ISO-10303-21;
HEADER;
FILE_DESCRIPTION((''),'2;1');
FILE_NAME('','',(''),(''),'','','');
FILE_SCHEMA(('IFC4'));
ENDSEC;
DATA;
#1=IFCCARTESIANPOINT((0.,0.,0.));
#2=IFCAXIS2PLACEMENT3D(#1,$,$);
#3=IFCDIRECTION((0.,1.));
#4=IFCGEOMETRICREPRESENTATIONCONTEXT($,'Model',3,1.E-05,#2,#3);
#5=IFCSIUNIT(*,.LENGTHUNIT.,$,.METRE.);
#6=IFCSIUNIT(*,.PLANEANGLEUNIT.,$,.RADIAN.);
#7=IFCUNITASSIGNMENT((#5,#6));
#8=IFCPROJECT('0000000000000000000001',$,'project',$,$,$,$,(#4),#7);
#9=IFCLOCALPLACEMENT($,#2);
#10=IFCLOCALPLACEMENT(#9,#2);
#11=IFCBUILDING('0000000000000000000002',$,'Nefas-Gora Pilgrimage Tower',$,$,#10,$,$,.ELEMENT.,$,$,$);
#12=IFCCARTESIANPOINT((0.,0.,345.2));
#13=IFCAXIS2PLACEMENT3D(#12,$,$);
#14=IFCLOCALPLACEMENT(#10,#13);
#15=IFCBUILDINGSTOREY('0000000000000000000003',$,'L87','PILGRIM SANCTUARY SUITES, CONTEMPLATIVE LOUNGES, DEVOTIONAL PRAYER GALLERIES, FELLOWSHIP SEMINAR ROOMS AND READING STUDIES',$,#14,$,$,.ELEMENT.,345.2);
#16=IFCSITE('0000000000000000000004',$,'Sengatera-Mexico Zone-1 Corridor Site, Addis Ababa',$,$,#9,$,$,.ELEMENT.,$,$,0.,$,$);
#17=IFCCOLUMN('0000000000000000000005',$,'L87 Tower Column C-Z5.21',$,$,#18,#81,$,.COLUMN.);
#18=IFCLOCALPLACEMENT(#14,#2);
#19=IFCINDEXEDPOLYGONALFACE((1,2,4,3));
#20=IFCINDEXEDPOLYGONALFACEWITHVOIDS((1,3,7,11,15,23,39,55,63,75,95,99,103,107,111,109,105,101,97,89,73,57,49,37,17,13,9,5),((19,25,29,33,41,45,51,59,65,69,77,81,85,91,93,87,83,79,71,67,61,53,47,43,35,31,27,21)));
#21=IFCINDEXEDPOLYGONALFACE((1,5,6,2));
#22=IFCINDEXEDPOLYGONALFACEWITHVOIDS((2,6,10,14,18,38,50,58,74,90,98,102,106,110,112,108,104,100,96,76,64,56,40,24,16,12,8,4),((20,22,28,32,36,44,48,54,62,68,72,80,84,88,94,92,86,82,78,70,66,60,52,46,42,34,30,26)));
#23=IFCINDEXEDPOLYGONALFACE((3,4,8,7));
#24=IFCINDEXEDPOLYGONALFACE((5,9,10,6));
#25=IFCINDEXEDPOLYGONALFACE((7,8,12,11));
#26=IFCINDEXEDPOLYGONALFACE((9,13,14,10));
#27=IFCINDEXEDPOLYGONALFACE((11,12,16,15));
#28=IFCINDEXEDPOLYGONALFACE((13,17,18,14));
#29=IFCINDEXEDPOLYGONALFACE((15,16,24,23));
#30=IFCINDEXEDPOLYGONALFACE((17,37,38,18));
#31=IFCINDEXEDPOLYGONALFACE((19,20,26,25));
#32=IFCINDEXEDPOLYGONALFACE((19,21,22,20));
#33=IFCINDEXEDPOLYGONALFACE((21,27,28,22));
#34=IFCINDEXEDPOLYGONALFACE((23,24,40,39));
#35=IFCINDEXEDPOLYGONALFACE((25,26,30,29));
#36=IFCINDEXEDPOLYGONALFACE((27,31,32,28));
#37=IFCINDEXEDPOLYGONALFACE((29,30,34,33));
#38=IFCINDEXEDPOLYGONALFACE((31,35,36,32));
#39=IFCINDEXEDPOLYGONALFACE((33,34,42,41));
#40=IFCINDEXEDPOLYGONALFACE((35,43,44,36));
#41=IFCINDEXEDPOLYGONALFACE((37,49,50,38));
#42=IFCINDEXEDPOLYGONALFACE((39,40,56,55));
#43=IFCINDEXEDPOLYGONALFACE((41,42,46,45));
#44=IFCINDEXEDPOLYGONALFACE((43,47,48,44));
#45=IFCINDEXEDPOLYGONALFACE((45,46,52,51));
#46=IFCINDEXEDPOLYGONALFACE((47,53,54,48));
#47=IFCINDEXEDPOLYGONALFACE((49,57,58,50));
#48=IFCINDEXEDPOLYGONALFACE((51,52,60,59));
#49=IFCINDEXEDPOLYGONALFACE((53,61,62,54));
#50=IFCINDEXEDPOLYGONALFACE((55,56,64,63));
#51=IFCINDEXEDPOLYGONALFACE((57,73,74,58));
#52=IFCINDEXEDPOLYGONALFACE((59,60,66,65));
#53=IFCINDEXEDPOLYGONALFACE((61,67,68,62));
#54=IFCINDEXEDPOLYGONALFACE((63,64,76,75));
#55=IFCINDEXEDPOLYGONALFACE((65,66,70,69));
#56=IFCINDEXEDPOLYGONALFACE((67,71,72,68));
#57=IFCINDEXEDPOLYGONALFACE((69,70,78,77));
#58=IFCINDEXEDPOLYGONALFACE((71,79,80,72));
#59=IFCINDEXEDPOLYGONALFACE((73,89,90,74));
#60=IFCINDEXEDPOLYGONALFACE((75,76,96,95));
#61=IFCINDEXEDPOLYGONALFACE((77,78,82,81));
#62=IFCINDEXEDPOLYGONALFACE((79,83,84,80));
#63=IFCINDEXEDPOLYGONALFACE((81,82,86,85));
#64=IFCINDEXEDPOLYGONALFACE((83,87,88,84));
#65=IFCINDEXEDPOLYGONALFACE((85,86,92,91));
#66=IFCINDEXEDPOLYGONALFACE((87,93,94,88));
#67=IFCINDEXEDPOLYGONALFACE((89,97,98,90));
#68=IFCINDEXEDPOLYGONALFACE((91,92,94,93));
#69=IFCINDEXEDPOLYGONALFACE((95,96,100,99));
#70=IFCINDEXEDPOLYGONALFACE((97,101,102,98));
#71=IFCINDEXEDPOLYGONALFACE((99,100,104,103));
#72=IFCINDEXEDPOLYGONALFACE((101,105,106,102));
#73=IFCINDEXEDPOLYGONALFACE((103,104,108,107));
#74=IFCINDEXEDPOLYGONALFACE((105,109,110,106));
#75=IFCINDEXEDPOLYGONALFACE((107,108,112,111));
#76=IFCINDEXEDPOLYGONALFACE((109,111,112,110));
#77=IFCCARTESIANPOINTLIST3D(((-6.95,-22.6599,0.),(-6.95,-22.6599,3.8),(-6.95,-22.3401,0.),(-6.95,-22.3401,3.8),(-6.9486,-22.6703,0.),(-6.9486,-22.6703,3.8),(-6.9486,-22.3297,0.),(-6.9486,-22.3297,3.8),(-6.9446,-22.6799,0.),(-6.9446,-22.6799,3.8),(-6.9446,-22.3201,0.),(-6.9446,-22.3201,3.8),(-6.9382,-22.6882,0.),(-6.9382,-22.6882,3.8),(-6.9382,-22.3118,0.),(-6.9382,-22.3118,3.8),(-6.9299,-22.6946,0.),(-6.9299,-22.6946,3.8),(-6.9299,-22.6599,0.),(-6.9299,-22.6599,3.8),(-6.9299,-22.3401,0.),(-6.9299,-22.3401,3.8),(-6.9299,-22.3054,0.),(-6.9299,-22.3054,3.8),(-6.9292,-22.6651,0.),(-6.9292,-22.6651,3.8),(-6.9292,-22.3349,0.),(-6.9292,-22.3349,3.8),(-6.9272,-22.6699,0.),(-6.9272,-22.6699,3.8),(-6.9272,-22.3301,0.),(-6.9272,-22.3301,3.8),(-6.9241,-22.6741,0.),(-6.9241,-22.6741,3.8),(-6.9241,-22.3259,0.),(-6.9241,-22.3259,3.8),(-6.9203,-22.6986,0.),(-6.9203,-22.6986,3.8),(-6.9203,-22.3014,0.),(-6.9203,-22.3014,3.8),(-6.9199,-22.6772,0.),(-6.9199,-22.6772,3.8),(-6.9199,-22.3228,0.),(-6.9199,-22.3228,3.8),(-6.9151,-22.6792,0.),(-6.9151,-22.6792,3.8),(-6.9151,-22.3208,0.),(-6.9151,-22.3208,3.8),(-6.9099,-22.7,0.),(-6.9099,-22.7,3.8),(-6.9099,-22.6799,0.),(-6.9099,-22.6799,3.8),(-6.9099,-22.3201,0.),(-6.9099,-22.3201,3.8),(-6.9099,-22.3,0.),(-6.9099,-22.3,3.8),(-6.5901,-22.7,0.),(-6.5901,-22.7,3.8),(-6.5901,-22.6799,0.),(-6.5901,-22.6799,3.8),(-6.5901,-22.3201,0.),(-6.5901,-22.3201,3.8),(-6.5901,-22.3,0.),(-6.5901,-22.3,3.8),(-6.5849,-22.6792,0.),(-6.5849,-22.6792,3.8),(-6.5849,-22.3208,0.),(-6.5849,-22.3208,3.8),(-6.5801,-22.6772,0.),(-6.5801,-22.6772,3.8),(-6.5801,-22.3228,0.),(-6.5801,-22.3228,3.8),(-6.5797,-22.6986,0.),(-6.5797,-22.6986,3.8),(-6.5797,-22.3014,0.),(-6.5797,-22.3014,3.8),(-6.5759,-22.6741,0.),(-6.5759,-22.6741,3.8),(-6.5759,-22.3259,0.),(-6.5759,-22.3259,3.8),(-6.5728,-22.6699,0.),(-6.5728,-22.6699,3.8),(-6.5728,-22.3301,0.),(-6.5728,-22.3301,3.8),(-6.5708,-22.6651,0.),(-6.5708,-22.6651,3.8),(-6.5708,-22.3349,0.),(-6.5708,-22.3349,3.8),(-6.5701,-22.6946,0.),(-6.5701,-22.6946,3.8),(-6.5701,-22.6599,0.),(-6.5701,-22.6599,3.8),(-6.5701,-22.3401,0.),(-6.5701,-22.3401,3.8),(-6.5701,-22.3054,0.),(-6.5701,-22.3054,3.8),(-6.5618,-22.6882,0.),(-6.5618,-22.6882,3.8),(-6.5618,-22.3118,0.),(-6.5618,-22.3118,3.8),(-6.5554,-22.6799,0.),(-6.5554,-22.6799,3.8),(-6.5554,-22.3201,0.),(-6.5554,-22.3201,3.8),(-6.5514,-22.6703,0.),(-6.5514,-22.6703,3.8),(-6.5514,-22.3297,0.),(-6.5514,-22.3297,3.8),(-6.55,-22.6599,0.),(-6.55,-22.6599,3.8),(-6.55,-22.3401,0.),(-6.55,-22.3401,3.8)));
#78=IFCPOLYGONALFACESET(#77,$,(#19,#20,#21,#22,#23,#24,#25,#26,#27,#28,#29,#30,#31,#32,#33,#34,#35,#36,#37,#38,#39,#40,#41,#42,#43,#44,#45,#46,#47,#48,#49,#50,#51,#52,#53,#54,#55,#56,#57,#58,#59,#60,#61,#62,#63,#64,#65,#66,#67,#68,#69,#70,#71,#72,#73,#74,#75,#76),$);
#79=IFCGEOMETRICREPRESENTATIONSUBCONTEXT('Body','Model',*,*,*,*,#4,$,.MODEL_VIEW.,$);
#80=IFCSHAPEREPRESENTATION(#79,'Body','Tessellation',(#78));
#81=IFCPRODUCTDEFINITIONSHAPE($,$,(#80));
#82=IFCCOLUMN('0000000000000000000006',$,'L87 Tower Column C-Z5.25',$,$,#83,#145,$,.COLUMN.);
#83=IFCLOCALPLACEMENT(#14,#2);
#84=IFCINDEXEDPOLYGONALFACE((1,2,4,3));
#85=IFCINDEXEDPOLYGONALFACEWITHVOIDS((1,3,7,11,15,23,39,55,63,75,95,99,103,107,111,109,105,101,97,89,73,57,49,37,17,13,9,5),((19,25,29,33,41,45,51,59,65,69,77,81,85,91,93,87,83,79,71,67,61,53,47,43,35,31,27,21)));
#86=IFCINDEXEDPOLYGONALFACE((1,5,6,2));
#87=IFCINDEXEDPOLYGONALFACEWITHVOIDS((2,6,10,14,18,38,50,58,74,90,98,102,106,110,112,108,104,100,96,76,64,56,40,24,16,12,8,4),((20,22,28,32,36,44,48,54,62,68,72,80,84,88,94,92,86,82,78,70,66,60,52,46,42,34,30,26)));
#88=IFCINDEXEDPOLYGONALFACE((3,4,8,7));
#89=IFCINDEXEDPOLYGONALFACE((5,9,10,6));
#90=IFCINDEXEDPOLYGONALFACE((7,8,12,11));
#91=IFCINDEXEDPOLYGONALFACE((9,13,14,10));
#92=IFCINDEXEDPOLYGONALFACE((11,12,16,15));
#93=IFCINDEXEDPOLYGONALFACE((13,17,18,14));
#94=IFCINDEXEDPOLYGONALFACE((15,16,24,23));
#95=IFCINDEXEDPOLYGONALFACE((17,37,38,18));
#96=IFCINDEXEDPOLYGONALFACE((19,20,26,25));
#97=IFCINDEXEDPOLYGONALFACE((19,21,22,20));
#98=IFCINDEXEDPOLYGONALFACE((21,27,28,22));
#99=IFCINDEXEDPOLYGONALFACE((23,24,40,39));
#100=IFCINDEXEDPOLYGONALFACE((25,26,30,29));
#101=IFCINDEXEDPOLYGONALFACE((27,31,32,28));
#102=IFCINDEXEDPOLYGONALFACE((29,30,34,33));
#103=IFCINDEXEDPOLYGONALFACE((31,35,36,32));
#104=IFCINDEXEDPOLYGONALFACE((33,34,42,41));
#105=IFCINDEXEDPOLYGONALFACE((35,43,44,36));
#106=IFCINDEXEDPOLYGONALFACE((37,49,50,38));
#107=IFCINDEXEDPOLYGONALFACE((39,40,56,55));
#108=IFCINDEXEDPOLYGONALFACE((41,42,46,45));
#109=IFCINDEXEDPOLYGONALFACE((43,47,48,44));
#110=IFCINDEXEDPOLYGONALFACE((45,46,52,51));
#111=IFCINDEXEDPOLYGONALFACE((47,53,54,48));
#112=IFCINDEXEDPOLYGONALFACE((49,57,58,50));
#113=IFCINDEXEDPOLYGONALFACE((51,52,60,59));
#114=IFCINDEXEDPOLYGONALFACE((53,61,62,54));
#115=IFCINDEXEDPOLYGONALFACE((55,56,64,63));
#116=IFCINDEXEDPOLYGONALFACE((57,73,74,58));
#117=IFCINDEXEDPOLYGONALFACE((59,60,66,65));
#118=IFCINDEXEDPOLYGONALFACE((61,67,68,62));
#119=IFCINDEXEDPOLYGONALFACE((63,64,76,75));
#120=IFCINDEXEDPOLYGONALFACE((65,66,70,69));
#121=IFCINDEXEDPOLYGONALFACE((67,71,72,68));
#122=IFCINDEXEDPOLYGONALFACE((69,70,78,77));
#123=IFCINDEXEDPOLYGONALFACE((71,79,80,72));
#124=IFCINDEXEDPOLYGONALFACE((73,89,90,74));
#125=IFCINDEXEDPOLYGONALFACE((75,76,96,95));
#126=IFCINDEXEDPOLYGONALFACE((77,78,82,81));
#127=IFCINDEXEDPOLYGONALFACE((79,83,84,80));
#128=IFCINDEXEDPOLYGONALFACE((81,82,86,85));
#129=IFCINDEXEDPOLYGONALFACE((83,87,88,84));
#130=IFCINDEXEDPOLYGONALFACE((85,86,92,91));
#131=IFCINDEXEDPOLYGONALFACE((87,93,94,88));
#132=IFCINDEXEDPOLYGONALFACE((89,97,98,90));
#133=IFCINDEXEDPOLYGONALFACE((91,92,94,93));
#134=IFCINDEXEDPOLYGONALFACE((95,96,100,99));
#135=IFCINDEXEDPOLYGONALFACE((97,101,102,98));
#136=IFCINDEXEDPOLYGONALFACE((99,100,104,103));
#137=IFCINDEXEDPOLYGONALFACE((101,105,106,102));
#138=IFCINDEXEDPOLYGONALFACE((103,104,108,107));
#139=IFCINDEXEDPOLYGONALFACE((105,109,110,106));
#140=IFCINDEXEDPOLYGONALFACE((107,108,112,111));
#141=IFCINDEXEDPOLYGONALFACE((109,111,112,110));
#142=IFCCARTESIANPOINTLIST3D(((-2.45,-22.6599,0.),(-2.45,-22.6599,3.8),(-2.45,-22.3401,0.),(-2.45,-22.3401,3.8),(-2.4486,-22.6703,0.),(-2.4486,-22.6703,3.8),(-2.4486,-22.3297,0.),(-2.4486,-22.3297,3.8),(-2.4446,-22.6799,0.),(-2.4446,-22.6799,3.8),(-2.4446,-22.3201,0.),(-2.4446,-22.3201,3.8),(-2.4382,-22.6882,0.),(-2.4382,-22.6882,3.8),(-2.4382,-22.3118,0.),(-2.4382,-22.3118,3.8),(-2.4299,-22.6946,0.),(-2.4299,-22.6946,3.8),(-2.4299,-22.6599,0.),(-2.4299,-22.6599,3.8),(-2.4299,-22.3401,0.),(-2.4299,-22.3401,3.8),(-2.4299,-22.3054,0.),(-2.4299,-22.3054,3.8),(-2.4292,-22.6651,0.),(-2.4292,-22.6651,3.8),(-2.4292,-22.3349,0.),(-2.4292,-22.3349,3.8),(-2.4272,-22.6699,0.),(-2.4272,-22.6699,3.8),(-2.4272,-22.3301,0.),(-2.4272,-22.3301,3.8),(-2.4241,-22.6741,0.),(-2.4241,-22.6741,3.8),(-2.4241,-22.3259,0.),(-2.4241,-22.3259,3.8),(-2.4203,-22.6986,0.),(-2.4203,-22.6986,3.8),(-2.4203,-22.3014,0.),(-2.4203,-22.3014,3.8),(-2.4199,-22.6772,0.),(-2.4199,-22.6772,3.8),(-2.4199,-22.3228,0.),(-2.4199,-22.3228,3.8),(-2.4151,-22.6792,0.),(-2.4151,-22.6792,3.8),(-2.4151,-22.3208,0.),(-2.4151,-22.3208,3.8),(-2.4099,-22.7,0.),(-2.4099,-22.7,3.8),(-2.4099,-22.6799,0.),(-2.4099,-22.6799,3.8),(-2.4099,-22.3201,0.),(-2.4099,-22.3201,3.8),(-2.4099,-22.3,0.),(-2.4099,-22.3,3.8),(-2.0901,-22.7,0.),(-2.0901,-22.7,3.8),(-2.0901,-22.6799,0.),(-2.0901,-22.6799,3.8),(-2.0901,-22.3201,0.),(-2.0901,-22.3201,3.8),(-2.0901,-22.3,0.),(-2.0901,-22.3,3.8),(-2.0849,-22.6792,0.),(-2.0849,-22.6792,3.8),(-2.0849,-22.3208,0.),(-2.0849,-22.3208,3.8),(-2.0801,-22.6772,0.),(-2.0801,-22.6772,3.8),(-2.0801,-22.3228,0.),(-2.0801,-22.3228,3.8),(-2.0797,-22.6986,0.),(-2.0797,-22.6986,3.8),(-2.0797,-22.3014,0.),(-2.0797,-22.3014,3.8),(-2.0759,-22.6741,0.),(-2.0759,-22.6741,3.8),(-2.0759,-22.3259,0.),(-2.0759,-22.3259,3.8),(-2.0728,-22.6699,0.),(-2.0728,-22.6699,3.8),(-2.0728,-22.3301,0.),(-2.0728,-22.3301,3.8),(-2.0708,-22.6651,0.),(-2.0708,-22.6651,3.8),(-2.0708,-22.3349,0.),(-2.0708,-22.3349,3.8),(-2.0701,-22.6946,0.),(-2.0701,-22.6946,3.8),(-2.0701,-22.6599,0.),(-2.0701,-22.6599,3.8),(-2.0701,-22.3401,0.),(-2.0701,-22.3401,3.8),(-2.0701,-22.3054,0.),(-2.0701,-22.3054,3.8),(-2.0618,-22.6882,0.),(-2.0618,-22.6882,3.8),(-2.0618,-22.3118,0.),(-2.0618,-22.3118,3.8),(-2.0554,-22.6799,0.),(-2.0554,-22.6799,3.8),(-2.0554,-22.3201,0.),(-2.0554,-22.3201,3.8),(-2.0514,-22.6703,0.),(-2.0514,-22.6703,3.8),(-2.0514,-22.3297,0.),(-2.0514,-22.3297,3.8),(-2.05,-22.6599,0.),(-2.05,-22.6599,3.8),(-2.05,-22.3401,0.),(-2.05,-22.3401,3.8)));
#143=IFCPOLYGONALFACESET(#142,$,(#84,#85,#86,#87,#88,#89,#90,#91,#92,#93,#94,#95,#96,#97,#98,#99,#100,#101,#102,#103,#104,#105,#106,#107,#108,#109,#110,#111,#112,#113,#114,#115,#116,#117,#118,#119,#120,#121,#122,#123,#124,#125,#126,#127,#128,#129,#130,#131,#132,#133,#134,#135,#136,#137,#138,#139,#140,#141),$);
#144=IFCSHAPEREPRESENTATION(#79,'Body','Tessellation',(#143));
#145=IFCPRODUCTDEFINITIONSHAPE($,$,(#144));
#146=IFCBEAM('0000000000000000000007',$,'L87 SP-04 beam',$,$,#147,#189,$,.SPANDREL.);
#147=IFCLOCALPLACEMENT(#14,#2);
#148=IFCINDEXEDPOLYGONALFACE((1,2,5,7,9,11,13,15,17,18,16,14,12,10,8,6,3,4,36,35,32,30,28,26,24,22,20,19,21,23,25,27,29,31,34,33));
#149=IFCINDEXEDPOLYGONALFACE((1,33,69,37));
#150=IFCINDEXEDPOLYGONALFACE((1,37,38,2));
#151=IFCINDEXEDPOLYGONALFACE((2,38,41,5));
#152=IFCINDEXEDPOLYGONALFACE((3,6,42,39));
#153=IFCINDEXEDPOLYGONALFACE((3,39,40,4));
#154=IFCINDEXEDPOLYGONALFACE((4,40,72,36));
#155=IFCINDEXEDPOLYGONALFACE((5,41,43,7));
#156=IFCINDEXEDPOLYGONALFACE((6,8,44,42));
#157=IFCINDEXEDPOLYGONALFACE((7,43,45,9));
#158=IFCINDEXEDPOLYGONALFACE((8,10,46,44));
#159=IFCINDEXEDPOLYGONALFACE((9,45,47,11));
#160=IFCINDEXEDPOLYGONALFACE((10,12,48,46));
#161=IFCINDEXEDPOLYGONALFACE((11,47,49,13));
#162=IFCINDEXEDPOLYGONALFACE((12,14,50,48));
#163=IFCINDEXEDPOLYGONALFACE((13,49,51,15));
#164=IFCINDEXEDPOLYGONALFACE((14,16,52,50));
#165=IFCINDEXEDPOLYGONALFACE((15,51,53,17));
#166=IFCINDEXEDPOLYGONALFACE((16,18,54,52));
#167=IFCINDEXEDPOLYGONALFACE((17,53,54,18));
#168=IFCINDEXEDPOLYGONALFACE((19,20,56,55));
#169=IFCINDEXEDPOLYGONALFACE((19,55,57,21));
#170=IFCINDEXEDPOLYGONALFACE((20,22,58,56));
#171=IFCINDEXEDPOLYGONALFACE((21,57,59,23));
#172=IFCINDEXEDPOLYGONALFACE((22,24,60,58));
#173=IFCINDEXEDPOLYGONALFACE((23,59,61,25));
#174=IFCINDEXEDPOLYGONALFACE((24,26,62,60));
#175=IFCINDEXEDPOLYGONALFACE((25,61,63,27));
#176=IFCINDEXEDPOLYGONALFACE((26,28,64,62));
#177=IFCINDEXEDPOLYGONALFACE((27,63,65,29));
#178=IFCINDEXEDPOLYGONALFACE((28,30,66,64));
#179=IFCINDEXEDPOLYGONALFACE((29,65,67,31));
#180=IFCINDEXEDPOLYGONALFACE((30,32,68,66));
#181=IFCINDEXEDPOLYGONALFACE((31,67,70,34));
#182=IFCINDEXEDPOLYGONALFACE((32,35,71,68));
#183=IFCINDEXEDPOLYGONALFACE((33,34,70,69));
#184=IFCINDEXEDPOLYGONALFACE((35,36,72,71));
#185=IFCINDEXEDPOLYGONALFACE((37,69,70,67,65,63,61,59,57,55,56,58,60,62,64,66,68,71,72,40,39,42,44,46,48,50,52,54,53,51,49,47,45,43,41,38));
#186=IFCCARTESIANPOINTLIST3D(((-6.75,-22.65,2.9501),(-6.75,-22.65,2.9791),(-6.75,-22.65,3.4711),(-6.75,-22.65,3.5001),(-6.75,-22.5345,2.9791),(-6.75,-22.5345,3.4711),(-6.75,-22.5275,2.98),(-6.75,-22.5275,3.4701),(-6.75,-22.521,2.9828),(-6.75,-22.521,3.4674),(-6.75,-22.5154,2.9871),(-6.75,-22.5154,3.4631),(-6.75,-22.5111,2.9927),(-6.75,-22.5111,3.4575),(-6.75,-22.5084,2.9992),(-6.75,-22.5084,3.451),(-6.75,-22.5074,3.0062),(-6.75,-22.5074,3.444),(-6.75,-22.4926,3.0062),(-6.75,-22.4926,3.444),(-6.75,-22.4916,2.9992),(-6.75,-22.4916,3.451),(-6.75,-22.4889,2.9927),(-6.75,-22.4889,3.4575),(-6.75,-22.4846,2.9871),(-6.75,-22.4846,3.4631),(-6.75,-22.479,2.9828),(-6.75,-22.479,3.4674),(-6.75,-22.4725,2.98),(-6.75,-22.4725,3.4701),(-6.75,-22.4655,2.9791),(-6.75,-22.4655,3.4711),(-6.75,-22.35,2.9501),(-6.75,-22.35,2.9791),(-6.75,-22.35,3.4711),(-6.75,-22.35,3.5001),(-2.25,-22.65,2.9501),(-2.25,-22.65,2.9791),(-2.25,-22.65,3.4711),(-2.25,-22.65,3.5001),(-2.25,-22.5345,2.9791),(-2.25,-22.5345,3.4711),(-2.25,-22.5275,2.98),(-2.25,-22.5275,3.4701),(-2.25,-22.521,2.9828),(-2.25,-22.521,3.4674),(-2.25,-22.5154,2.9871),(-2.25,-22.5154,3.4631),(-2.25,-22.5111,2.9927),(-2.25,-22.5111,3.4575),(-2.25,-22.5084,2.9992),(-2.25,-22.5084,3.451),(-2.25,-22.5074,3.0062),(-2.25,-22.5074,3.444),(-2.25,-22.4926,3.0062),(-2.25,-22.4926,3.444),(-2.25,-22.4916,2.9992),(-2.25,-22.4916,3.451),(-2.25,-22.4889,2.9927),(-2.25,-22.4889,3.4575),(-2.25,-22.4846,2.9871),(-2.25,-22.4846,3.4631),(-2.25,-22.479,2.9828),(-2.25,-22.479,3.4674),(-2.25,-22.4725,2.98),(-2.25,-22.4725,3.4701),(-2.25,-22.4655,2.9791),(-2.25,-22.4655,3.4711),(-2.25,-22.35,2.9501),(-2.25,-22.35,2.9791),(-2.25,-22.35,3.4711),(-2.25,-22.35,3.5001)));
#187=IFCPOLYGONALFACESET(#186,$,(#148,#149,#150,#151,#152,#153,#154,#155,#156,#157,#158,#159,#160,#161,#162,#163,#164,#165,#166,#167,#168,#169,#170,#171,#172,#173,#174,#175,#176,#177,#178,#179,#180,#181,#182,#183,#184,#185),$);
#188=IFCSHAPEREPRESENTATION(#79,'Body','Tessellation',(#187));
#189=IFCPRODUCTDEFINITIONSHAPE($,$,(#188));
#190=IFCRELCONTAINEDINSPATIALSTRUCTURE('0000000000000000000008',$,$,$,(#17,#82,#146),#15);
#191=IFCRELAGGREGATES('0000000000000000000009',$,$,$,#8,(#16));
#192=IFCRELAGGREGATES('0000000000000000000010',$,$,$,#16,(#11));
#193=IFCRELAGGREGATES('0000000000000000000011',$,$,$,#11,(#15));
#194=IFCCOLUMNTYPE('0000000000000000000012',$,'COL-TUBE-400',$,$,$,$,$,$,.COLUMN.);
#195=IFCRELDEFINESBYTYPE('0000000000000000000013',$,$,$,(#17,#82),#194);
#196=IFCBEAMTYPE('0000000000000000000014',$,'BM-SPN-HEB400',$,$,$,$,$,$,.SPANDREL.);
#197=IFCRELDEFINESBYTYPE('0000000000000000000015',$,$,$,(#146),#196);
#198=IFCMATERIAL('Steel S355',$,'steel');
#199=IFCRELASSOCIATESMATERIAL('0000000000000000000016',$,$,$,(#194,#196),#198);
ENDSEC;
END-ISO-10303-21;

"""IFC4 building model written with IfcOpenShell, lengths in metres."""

from ifc_helpers import new_model, si_unit, direction, frame, origin, origin_2d, place, context, subcontext, project, spatial, hollow_rectangle, i_section, extrude, source, transform, mapped, material, material_profile, profile_set, type_object, element, save


model = new_model("IFC4")

# Units and contexts
model_context = context("Model", 3, precision=1e-05, world=origin(), true_north=direction((0.0, 1.0)))
body_context = subcontext(model_context, "Body", "Model", "MODEL_VIEW")
ifc_project = project(units=[si_unit("LENGTHUNIT", "METRE"), si_unit("PLANEANGLEUNIT", "RADIAN")], contexts=[model_context])

# Site, building, storey
site_placement = place(None, origin())
site = spatial("IfcSite", under=ifc_project, at=site_placement, Name="Sengatera-Mexico Zone-1 Corridor Site, Addis Ababa", CompositionType="ELEMENT", RefElevation=0.0)
building_placement = place(site_placement, origin())
building = spatial("IfcBuilding", under=site, at=building_placement, Name="Nefas-Gora Pilgrimage Tower", CompositionType="ELEMENT")
storey_placement = place(building_placement, frame((0.0, 0.0, 345.2)))
storey = spatial("IfcBuildingStorey", under=building, at=storey_placement, Name="L87", Description="PILGRIM SANCTUARY SUITES, CONTEMPLATIVE LOUNGES, DEVOTIONAL PRAYER GALLERIES, FELLOWSHIP SEMINAR ROOMS AND READING STUDIES", CompositionType="ELEMENT", Elevation=345.2)

# Columns
ifc_material_1 = material(Name="Steel S355", Category="steel")
ifc_material_profile_1 = material_profile(ifc_material_1, hollow_rectangle(XDim=0.3999, YDim=0.3999, WallThickness=0.02, InnerFilletRadius=0.02, OuterFilletRadius=0.04, at=origin_2d()), Name="SHS 400x400x20")
ifc_profile_set_1 = profile_set([ifc_material_profile_1], Name="Steel S355")
column_type_1 = type_object("IfcColumnType", Name="COL-TUBE-400", PredefinedType="COLUMN", material=ifc_profile_set_1)
shared_shape_1 = source(origin(), body_context, "Body", "SweptSolid", [
    extrude(hollow_rectangle(XDim=0.3999, YDim=0.3999, WallThickness=0.02, InnerFilletRadius=0.02, OuterFilletRadius=0.04, at=origin_2d()), origin(), (0.0, 0.0, 1.0), 3.8),
])
for number, where, z_axis, x_axis, name in (
    (1, (-6.75, -22.5, 0.0), (0.0, 0.0, 1.0), (1.0, 0.0, 0.0), "L87 Tower Column C-Z5.21"),
    (2, (-2.25, -22.5, 0.0), (0.0, 0.0, 1.0), (1.0, 0.0, 0.0), "L87 Tower Column C-Z5.25"),
):
    element("IfcColumn", number, at=place(storey_placement, frame(where, z_axis=z_axis, x_axis=x_axis)), inside=storey, type_object=column_type_1, Name=name, PredefinedType="COLUMN", context=body_context, shape_type="MappedRepresentation", body=[
        mapped(shared_shape_1, transform((0.0, 0.0, 0.0), x_axis=(1.0, 0.0, 0.0), y_axis=(0.0, 1.0, 0.0), z_axis=(0.0, 0.0, 1.0), scale=1.0)),
    ])

# Beam
ifc_material_profile_2 = material_profile(ifc_material_1, i_section(OverallWidth=0.3, OverallDepth=0.55, WebThickness=0.0149, FlangeThickness=0.0291, FilletRadius=0.0271, at=origin_2d()), Name="HEB 550")
ifc_profile_set_2 = profile_set([ifc_material_profile_2], Name="Steel S355")
beam_type_1 = type_object("IfcBeamType", Name="BM-SPN-HEB400", PredefinedType="SPANDREL", material=ifc_profile_set_2)
shared_shape_2 = source(origin(), body_context, "Body", "SweptSolid", [
    extrude(i_section(OverallWidth=0.3, OverallDepth=0.55, WebThickness=0.0149, FlangeThickness=0.0291, FilletRadius=0.0271, at=origin_2d()), origin(), (0.0, 0.0, 1.0), 4.5),
])
for number, where, z_axis, x_axis, name in (
    (3, (-6.75, -22.5, 3.2251), (1.0, 0.0, 0.0), (0.0, 1.0, 0.0), "L87 SP-04 beam"),
):
    element("IfcBeam", number, at=place(storey_placement, frame(where, z_axis=z_axis, x_axis=x_axis)), inside=storey, type_object=beam_type_1, Name=name, PredefinedType="SPANDREL", context=body_context, shape_type="MappedRepresentation", body=[
        mapped(shared_shape_2, transform((0.0, 0.0, 0.0), x_axis=(1.0, 0.0, 0.0), y_axis=(0.0, 1.0, 0.0), z_axis=(0.0, 0.0, 1.0), scale=1.0)),
    ])

save(model, "model.ifc")
